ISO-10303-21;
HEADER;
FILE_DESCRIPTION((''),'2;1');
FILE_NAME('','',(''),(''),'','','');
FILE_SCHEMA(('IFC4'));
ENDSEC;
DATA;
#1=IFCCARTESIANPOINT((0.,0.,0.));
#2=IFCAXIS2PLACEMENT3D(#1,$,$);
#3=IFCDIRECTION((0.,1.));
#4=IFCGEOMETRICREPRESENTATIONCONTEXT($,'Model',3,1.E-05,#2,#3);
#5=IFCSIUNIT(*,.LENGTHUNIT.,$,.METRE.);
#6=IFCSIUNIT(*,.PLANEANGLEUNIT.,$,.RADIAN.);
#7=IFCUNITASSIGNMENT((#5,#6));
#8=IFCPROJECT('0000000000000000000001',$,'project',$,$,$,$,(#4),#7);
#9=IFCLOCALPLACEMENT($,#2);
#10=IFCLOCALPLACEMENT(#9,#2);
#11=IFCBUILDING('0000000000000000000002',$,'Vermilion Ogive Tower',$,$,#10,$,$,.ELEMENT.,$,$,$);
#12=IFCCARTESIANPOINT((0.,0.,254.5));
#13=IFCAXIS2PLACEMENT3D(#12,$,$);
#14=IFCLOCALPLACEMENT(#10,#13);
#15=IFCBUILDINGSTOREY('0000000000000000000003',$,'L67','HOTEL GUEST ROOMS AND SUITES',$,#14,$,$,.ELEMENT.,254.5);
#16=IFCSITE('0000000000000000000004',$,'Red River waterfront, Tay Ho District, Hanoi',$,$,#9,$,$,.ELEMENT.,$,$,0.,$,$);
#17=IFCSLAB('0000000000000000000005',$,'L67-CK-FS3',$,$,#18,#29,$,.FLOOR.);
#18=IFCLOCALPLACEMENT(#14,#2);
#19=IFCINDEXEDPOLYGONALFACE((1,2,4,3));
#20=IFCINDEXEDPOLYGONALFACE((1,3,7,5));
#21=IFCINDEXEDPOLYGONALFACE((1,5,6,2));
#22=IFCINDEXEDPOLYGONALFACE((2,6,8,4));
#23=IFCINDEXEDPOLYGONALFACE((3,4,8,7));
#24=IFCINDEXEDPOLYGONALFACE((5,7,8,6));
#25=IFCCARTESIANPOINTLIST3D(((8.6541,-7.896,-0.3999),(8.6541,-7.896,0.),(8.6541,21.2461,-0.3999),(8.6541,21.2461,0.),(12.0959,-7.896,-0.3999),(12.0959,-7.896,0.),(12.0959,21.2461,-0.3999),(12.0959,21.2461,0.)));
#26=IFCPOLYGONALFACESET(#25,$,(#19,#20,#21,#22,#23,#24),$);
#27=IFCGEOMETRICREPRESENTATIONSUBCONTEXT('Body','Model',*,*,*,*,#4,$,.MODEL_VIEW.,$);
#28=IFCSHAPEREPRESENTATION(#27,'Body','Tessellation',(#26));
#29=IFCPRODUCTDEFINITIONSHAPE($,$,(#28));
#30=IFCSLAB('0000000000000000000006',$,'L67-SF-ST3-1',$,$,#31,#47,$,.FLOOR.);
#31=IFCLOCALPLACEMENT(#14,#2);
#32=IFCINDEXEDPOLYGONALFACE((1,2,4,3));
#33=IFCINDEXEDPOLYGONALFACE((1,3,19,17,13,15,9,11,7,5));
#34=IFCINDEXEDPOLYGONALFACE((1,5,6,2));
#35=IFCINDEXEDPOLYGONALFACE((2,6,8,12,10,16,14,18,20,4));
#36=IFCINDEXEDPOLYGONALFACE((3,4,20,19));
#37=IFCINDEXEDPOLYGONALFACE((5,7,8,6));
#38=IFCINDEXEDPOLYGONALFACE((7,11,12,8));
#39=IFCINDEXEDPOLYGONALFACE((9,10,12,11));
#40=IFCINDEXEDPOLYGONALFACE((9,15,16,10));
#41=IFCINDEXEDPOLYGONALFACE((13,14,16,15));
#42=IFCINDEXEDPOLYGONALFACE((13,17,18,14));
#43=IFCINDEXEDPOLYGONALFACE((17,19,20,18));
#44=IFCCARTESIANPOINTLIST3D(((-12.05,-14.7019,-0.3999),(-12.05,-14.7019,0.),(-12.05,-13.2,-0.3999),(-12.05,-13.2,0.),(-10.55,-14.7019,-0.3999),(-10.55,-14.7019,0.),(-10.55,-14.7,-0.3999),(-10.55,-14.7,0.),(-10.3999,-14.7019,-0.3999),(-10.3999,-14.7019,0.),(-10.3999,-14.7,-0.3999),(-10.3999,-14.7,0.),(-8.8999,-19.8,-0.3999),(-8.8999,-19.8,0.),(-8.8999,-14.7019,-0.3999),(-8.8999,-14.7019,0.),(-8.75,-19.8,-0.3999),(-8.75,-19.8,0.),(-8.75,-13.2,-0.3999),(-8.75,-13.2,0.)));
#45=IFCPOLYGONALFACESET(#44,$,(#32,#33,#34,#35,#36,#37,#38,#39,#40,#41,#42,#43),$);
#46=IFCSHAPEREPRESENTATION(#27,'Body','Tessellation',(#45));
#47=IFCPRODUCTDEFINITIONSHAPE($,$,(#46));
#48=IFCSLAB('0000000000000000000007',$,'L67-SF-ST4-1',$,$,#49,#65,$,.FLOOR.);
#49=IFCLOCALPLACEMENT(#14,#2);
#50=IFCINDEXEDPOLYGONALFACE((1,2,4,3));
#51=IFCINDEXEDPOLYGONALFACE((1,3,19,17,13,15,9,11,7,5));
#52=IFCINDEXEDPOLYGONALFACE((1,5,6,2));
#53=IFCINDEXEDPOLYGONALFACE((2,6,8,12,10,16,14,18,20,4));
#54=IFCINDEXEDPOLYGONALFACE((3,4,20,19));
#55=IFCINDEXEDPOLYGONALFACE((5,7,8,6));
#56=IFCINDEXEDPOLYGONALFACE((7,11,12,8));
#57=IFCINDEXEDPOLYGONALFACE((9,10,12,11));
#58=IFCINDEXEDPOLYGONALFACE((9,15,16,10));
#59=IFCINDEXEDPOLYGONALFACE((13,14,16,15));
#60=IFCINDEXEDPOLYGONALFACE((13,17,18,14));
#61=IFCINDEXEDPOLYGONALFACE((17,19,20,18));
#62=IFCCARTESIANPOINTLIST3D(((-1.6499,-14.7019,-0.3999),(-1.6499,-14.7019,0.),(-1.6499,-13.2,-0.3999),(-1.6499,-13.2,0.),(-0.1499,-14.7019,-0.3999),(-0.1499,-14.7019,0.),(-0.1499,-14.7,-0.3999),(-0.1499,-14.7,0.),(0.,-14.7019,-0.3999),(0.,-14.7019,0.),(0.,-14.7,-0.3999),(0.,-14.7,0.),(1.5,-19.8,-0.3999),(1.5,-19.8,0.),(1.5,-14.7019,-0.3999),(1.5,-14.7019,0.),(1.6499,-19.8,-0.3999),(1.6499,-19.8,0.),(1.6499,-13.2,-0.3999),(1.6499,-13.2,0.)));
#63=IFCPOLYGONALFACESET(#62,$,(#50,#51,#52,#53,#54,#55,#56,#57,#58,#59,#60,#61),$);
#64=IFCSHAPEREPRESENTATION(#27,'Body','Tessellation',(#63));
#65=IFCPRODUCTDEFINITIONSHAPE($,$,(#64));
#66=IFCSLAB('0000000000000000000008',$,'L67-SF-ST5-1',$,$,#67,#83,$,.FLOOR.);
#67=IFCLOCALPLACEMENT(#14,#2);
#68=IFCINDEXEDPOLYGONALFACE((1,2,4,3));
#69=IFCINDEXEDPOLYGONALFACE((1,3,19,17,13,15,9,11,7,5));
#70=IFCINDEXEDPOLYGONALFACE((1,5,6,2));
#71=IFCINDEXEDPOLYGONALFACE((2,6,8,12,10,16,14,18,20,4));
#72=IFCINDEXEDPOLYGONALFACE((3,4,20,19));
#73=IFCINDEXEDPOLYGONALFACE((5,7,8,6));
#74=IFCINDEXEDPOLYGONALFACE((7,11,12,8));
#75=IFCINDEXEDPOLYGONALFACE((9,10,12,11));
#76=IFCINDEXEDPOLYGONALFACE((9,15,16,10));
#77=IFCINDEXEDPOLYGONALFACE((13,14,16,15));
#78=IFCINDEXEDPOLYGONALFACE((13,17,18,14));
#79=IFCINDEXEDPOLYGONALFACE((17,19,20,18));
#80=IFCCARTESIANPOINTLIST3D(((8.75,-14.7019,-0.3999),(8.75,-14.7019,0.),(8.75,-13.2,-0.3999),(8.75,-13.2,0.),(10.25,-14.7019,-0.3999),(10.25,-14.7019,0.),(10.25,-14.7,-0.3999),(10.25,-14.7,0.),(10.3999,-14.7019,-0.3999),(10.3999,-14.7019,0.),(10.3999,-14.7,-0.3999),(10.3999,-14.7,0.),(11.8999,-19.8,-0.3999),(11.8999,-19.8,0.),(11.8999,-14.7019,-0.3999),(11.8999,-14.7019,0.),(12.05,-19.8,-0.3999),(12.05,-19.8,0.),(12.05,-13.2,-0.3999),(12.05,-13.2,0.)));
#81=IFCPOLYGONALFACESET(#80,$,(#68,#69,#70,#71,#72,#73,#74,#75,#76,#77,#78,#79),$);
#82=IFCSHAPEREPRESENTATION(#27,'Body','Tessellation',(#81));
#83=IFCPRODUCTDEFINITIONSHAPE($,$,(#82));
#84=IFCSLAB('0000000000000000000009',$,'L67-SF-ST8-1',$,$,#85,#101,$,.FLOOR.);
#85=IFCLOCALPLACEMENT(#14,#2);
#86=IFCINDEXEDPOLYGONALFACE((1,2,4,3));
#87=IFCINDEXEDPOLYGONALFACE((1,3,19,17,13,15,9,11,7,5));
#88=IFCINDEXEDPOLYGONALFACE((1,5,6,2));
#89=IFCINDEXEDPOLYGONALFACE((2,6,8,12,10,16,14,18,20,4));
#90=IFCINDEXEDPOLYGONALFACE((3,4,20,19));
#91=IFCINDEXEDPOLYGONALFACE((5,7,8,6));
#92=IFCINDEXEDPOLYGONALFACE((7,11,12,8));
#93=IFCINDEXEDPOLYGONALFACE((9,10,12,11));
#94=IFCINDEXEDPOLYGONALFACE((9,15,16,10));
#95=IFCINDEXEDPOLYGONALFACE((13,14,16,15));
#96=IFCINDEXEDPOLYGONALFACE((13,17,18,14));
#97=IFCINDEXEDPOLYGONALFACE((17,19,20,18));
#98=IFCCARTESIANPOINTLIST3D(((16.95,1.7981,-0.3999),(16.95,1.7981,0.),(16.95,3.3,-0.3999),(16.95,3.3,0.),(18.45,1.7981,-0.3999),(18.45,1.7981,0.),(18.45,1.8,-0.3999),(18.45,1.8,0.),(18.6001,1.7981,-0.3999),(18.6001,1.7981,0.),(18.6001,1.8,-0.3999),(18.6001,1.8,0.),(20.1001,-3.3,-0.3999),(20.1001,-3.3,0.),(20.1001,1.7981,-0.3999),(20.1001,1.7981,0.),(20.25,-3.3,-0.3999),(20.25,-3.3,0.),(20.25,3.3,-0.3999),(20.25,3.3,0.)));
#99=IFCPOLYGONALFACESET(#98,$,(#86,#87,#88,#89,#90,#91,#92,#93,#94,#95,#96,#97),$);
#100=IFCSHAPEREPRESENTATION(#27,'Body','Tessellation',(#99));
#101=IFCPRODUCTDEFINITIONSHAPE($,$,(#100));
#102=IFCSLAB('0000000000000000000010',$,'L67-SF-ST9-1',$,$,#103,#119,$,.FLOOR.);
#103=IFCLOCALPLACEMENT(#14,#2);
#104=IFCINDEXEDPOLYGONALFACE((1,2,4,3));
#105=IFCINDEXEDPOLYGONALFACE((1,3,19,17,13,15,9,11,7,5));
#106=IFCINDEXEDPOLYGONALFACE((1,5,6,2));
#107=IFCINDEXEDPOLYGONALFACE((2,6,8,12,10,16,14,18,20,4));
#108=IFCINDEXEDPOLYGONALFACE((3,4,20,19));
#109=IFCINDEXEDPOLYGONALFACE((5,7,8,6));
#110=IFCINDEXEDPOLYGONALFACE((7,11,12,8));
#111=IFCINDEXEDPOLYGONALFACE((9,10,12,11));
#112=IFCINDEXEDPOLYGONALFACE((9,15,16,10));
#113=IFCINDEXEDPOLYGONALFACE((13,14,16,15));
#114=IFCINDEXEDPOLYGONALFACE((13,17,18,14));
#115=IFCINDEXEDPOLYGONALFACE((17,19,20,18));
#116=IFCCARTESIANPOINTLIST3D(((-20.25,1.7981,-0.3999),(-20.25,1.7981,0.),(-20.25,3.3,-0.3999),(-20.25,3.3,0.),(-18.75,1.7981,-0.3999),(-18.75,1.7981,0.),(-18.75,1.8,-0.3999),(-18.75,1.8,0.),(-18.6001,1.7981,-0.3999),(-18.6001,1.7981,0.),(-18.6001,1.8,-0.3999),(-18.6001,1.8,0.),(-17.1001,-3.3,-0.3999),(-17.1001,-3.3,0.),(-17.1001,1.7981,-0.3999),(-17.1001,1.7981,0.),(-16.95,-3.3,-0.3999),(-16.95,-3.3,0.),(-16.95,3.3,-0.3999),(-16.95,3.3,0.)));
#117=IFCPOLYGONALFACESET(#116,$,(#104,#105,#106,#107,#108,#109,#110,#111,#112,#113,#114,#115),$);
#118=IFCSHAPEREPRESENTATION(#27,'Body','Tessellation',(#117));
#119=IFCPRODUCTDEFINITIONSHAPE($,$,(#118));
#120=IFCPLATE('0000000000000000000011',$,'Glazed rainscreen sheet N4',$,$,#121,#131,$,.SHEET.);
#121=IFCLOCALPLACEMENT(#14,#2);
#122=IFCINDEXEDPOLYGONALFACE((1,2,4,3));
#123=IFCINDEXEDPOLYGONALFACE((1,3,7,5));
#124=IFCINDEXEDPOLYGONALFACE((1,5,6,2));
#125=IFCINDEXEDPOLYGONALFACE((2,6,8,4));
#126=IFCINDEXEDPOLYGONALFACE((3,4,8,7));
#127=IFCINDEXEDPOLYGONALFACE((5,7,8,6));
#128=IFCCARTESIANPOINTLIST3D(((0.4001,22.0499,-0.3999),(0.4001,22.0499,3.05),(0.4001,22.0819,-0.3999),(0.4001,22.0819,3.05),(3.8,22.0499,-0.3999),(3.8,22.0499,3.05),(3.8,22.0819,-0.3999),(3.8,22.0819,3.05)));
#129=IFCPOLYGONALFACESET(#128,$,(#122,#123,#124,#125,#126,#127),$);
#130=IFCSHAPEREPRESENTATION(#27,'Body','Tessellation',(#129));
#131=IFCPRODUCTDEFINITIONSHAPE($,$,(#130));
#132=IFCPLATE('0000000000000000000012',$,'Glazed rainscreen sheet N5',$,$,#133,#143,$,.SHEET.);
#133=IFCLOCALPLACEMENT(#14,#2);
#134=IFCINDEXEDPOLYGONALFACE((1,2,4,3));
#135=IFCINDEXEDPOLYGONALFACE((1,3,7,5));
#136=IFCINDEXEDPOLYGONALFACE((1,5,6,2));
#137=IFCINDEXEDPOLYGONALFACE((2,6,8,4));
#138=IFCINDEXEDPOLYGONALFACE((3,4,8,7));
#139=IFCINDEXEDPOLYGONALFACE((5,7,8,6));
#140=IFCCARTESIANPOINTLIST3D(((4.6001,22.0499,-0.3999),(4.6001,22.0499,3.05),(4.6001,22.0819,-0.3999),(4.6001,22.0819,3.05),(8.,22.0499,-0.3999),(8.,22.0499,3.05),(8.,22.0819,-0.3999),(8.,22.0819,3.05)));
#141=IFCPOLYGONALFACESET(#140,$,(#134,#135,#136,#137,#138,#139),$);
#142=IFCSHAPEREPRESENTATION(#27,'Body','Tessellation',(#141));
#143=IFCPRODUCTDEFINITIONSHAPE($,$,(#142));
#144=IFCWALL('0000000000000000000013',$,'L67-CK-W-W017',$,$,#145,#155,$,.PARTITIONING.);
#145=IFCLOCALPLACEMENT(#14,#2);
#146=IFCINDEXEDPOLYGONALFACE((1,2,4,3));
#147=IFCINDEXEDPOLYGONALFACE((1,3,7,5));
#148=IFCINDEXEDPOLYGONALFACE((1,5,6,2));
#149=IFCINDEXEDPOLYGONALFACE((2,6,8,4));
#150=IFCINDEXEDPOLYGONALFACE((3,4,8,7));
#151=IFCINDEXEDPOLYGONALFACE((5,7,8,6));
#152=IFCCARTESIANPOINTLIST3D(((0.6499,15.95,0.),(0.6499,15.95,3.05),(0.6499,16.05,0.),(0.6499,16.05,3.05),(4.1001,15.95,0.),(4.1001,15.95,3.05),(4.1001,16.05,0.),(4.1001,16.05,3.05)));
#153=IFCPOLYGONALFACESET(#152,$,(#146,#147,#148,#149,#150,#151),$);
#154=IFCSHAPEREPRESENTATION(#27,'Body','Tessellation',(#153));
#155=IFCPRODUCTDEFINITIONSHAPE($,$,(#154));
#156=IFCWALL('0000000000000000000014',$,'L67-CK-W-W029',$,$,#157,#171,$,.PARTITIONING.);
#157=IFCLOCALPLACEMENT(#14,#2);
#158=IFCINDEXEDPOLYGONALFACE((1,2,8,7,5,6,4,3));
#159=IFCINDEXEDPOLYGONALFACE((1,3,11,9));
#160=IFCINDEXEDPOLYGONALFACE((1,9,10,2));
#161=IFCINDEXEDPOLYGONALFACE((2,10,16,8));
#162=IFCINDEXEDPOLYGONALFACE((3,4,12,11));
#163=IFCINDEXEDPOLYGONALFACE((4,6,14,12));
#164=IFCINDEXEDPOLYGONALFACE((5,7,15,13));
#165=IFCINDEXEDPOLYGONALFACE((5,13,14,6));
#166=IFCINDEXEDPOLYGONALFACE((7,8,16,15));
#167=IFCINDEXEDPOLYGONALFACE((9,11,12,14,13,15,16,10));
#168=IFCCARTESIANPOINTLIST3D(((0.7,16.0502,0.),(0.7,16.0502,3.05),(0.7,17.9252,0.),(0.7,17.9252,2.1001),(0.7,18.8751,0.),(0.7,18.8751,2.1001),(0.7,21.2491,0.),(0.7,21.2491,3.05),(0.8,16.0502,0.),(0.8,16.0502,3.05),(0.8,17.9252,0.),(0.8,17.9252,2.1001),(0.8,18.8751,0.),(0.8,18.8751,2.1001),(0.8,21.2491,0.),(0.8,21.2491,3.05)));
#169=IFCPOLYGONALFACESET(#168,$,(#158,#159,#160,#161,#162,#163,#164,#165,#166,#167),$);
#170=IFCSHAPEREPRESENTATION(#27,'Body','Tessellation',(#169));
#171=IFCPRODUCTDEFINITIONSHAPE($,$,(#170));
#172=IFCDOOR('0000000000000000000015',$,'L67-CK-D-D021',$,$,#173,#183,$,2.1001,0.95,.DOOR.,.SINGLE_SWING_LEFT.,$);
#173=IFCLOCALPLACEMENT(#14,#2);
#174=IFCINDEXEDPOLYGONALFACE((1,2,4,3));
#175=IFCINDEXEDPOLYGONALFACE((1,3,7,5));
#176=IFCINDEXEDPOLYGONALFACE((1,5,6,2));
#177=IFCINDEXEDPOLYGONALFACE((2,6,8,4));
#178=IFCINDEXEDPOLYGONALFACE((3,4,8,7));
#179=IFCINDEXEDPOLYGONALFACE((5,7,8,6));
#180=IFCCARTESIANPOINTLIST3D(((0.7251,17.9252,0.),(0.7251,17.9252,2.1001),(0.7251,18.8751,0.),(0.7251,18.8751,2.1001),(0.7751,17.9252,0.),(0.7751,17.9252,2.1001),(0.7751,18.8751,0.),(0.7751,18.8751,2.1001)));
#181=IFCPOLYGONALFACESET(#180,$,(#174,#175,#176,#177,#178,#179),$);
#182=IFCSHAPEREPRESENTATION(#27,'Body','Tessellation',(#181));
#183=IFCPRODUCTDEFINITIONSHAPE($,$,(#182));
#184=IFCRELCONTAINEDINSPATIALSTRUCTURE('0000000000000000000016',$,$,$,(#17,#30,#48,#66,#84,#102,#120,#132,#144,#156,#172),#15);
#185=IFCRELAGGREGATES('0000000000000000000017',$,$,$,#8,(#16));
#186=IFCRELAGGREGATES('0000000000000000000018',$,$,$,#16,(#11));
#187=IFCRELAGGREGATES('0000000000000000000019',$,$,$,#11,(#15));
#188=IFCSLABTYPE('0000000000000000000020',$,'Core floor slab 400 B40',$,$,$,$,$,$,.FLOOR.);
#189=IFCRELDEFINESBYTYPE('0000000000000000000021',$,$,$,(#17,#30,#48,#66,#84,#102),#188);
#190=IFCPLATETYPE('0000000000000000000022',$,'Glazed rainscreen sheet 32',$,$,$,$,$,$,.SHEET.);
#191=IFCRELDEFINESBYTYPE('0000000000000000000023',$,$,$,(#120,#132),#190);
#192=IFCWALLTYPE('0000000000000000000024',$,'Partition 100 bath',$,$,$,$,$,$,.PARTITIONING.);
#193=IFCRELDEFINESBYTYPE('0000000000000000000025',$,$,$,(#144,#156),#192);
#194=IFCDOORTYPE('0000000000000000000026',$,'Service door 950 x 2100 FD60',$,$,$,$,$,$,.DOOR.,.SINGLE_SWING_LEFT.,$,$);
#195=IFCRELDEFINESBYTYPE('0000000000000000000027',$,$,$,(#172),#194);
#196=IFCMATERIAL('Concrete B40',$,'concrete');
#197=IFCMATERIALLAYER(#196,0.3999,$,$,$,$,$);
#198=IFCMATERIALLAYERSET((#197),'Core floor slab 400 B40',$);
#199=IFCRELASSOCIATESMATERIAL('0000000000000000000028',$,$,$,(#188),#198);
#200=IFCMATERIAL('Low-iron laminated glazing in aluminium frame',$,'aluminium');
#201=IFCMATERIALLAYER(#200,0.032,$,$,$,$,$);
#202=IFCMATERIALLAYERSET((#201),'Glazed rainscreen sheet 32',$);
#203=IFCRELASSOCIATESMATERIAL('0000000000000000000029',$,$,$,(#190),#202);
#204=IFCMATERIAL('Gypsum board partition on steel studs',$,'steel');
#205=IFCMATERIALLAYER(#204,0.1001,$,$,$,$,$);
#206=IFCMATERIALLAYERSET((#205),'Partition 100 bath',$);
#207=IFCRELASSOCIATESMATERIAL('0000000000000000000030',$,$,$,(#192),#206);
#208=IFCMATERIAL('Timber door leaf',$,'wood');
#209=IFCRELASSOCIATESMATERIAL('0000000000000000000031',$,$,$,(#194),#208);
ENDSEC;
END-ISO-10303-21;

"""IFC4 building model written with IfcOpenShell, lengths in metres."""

from ifc_helpers import new_model, si_unit, direction, frame, frame_2d, origin, origin_2d, place, context, subcontext, project, spatial, polyline, rectangle, outline, extrude, material, layer, layer_set, type_object, element, fill, save


model = new_model("IFC4")

# Units and contexts
model_context = context("Model", 3, precision=1e-05, world=origin(), true_north=direction((0.0, 1.0)))
body_context = subcontext(model_context, "Body", "Model", "MODEL_VIEW")
ifc_project = project(units=[si_unit("LENGTHUNIT", "METRE"), si_unit("PLANEANGLEUNIT", "RADIAN")], contexts=[model_context])

# Site, building, storey
site_placement = place(None, origin())
site = spatial("IfcSite", under=ifc_project, at=site_placement, Name="Red River waterfront, Tay Ho District, Hanoi", CompositionType="ELEMENT", RefElevation=0.0)
building_placement = place(site_placement, origin())
building = spatial("IfcBuilding", under=site, at=building_placement, Name="Vermilion Ogive Tower", CompositionType="ELEMENT")
storey_placement = place(building_placement, frame((0.0, 0.0, 254.5)))
storey = spatial("IfcBuildingStorey", under=building, at=storey_placement, Name="L67", Description="HOTEL GUEST ROOMS AND SUITES", CompositionType="ELEMENT", Elevation=254.5)

# Slabs
ifc_material_1 = material(Name="Concrete B40", Category="concrete")
ifc_layer_1 = layer(ifc_material_1, 0.3999)
ifc_layer_set_1 = layer_set([ifc_layer_1], Name="Core floor slab 400 B40")
slab_type = type_object("IfcSlabType", Name="Core floor slab 400 B40", PredefinedType="FLOOR", material=ifc_layer_set_1)
slab_1_placement = place(storey_placement, frame((0.0, 0.0, -0.3999)))
element("IfcSlab", 1, at=slab_1_placement, inside=storey, type_object=slab_type, Name="L67-CK-FS3", PredefinedType="FLOOR", context=body_context, shape_type="SweptSolid", body=[
    extrude(outline(polyline([(8.6541, 21.2461), (12.0959, 21.2461), (12.0959, -7.896), (8.6541, -7.896), (8.6541, 21.2461)])), origin(), (0.0, 0.0, 1.0), 0.3999),
])
slab_2_placement = place(storey_placement, frame((0.0, 0.0, -0.3999)))
element("IfcSlab", 2, at=slab_2_placement, inside=storey, type_object=slab_type, Name="L67-SF-ST3-1", PredefinedType="FLOOR", context=body_context, shape_type="SweptSolid", body=[
    extrude(outline(polyline([(-12.05, -13.2), (-12.05, -14.7019), (-10.55, -14.7019), (-10.55, -14.7), (-10.3999, -14.7), (-10.3999, -14.7019), (-8.8999, -14.7019), (-8.8999, -19.8), (-8.75, -19.8), (-8.75, -13.2), (-12.05, -13.2)])), origin(), (0.0, 0.0, 1.0), 0.3999),
])
slab_3_placement = place(storey_placement, frame((0.0, 0.0, -0.3999)))
element("IfcSlab", 3, at=slab_3_placement, inside=storey, type_object=slab_type, Name="L67-SF-ST4-1", PredefinedType="FLOOR", context=body_context, shape_type="SweptSolid", body=[
    extrude(outline(polyline([(-1.6499, -13.2), (-1.6499, -14.7019), (-0.1499, -14.7019), (-0.1499, -14.7), (0.0, -14.7), (0.0, -14.7019), (1.5, -14.7019), (1.5, -19.8), (1.6499, -19.8), (1.6499, -13.2), (-1.6499, -13.2)])), origin(), (0.0, 0.0, 1.0), 0.3999),
])
slab_4_placement = place(storey_placement, frame((0.0, 0.0, -0.3999)))
element("IfcSlab", 4, at=slab_4_placement, inside=storey, type_object=slab_type, Name="L67-SF-ST5-1", PredefinedType="FLOOR", context=body_context, shape_type="SweptSolid", body=[
    extrude(outline(polyline([(8.75, -13.2), (8.75, -14.7019), (10.25, -14.7019), (10.25, -14.7), (10.3999, -14.7), (10.3999, -14.7019), (11.8999, -14.7019), (11.8999, -19.8), (12.05, -19.8), (12.05, -13.2), (8.75, -13.2)])), origin(), (0.0, 0.0, 1.0), 0.3999),
])
slab_5_placement = place(storey_placement, frame((0.0, 0.0, -0.3999)))
element("IfcSlab", 5, at=slab_5_placement, inside=storey, type_object=slab_type, Name="L67-SF-ST8-1", PredefinedType="FLOOR", context=body_context, shape_type="SweptSolid", body=[
    extrude(outline(polyline([(16.95, 3.3), (16.95, 1.7981), (18.45, 1.7981), (18.45, 1.8), (18.6001, 1.8), (18.6001, 1.7981), (20.1001, 1.7981), (20.1001, -3.3), (20.25, -3.3), (20.25, 3.3), (16.95, 3.3)])), origin(), (0.0, 0.0, 1.0), 0.3999),
])
slab_6_placement = place(storey_placement, frame((0.0, 0.0, -0.3999)))
element("IfcSlab", 6, at=slab_6_placement, inside=storey, type_object=slab_type, Name="L67-SF-ST9-1", PredefinedType="FLOOR", context=body_context, shape_type="SweptSolid", body=[
    extrude(outline(polyline([(-20.25, 3.3), (-20.25, 1.7981), (-18.75, 1.7981), (-18.75, 1.8), (-18.6001, 1.8), (-18.6001, 1.7981), (-17.1001, 1.7981), (-17.1001, -3.3), (-16.95, -3.3), (-16.95, 3.3), (-20.25, 3.3)])), origin(), (0.0, 0.0, 1.0), 0.3999),
])

# Plates
ifc_material_2 = material(Name="Low-iron laminated glazing in aluminium frame", Category="aluminium")
ifc_layer_2 = layer(ifc_material_2, 0.032)
ifc_layer_set_2 = layer_set([ifc_layer_2], Name="Glazed rainscreen sheet 32")
plate_type = type_object("IfcPlateType", Name="Glazed rainscreen sheet 32", PredefinedType="SHEET", material=ifc_layer_set_2)
for number, where, z_axis, x_axis, name in (
    (7, (2.1001, 22.0659, -0.3999), (0.0, 0.0, 1.0), (1.0, 0.0, 0.0), "Glazed rainscreen sheet N4"),
    (8, (6.3, 22.0659, -0.3999), (0.0, 0.0, 1.0), (1.0, 0.0, 0.0), "Glazed rainscreen sheet N5"),
):
    element("IfcPlate", number, at=place(storey_placement, frame(where, z_axis=z_axis, x_axis=x_axis)), inside=storey, type_object=plate_type, Name=name, PredefinedType="SHEET", context=body_context, shape_type="SweptSolid", body=[
        extrude(rectangle(XDim=3.3999, YDim=0.032, at=origin_2d()), origin(), (0.0, 0.0, 1.0), 3.45),
    ])

# Wall
ifc_material_3 = material(Name="Gypsum board partition on steel studs", Category="steel")
ifc_layer_3 = layer(ifc_material_3, 0.1001)
ifc_layer_set_3 = layer_set([ifc_layer_3], Name="Partition 100 bath")
wall_type_1 = type_object("IfcWallType", Name="Partition 100 bath", PredefinedType="PARTITIONING", material=ifc_layer_set_3)
wall_1_placement = place(storey_placement, frame((0.6499, 16.0, 0.0), z_axis=(0.0, 0.0, 1.0), x_axis=(1.0, 0.0, 0.0)))
element("IfcWall", 9, at=wall_1_placement, inside=storey, type_object=wall_type_1, Name="L67-CK-W-W017", PredefinedType="PARTITIONING", context=body_context, shape_type="SweptSolid", body=[
    extrude(rectangle(XDim=3.4502, YDim=0.1001, at=frame_2d((1.7251, 0.0))), origin(), (0.0, 0.0, 1.0), 3.05),
])

# Wall, opening, door
wall_2_placement = place(storey_placement, frame((0.75, 16.05, 0.0), z_axis=(0.0, 0.0, 1.0), x_axis=(0.0, 1.0, 0.0)))
wall_2 = element("IfcWall", 10, at=wall_2_placement, inside=storey, type_object=wall_type_1, Name="L67-CK-W-W029", PredefinedType="PARTITIONING", context=body_context, shape_type="SweptSolid", body=[
    extrude(rectangle(XDim=5.199, YDim=0.1001, at=frame_2d((2.5996, 0.0))), origin(), (0.0, 0.0, 1.0), 3.05),
])
opening_1_placement = place(wall_2_placement, frame((1.875, 0.0, 0.0)))
opening_1 = element("IfcOpeningElement", 11, at=opening_1_placement, cuts=wall_2, PredefinedType="OPENING", context=body_context, shape_type="SweptSolid", body=[
    extrude(rectangle(XDim=0.95, YDim=2.1001, at=frame_2d((0.4751, 1.05))), frame((0.0, 0.0601, 0.0), z_axis=(0.0, -1.0, 0.0), x_axis=(1.0, 0.0, 0.0)), (0.0, 0.0, 1.0), 0.1201),
])
ifc_material_4 = material(Name="Timber door leaf", Category="wood")
door_type_1 = type_object("IfcDoorType", Name="Service door 950 x 2100 FD60", OperationType="SINGLE_SWING_LEFT", PredefinedType="DOOR", material=ifc_material_4)
door_1_placement = place(opening_1_placement, origin())
door_1 = element("IfcDoor", 12, at=door_1_placement, inside=storey, type_object=door_type_1, Name="L67-CK-D-D021", OperationType="SINGLE_SWING_LEFT", OverallHeight=2.1001, OverallWidth=0.95, PredefinedType="DOOR", context=body_context, shape_type="SweptSolid", body=[
    extrude(rectangle(XDim=0.95, YDim=2.1001, at=frame_2d((0.4751, 1.05))), frame((0.0, 0.0249, 0.0), z_axis=(0.0, -1.0, 0.0), x_axis=(1.0, 0.0, 0.0)), (0.0, 0.0, 1.0), 0.05),
])
fill(opening_1, door_1)

save(model, "model.ifc")
